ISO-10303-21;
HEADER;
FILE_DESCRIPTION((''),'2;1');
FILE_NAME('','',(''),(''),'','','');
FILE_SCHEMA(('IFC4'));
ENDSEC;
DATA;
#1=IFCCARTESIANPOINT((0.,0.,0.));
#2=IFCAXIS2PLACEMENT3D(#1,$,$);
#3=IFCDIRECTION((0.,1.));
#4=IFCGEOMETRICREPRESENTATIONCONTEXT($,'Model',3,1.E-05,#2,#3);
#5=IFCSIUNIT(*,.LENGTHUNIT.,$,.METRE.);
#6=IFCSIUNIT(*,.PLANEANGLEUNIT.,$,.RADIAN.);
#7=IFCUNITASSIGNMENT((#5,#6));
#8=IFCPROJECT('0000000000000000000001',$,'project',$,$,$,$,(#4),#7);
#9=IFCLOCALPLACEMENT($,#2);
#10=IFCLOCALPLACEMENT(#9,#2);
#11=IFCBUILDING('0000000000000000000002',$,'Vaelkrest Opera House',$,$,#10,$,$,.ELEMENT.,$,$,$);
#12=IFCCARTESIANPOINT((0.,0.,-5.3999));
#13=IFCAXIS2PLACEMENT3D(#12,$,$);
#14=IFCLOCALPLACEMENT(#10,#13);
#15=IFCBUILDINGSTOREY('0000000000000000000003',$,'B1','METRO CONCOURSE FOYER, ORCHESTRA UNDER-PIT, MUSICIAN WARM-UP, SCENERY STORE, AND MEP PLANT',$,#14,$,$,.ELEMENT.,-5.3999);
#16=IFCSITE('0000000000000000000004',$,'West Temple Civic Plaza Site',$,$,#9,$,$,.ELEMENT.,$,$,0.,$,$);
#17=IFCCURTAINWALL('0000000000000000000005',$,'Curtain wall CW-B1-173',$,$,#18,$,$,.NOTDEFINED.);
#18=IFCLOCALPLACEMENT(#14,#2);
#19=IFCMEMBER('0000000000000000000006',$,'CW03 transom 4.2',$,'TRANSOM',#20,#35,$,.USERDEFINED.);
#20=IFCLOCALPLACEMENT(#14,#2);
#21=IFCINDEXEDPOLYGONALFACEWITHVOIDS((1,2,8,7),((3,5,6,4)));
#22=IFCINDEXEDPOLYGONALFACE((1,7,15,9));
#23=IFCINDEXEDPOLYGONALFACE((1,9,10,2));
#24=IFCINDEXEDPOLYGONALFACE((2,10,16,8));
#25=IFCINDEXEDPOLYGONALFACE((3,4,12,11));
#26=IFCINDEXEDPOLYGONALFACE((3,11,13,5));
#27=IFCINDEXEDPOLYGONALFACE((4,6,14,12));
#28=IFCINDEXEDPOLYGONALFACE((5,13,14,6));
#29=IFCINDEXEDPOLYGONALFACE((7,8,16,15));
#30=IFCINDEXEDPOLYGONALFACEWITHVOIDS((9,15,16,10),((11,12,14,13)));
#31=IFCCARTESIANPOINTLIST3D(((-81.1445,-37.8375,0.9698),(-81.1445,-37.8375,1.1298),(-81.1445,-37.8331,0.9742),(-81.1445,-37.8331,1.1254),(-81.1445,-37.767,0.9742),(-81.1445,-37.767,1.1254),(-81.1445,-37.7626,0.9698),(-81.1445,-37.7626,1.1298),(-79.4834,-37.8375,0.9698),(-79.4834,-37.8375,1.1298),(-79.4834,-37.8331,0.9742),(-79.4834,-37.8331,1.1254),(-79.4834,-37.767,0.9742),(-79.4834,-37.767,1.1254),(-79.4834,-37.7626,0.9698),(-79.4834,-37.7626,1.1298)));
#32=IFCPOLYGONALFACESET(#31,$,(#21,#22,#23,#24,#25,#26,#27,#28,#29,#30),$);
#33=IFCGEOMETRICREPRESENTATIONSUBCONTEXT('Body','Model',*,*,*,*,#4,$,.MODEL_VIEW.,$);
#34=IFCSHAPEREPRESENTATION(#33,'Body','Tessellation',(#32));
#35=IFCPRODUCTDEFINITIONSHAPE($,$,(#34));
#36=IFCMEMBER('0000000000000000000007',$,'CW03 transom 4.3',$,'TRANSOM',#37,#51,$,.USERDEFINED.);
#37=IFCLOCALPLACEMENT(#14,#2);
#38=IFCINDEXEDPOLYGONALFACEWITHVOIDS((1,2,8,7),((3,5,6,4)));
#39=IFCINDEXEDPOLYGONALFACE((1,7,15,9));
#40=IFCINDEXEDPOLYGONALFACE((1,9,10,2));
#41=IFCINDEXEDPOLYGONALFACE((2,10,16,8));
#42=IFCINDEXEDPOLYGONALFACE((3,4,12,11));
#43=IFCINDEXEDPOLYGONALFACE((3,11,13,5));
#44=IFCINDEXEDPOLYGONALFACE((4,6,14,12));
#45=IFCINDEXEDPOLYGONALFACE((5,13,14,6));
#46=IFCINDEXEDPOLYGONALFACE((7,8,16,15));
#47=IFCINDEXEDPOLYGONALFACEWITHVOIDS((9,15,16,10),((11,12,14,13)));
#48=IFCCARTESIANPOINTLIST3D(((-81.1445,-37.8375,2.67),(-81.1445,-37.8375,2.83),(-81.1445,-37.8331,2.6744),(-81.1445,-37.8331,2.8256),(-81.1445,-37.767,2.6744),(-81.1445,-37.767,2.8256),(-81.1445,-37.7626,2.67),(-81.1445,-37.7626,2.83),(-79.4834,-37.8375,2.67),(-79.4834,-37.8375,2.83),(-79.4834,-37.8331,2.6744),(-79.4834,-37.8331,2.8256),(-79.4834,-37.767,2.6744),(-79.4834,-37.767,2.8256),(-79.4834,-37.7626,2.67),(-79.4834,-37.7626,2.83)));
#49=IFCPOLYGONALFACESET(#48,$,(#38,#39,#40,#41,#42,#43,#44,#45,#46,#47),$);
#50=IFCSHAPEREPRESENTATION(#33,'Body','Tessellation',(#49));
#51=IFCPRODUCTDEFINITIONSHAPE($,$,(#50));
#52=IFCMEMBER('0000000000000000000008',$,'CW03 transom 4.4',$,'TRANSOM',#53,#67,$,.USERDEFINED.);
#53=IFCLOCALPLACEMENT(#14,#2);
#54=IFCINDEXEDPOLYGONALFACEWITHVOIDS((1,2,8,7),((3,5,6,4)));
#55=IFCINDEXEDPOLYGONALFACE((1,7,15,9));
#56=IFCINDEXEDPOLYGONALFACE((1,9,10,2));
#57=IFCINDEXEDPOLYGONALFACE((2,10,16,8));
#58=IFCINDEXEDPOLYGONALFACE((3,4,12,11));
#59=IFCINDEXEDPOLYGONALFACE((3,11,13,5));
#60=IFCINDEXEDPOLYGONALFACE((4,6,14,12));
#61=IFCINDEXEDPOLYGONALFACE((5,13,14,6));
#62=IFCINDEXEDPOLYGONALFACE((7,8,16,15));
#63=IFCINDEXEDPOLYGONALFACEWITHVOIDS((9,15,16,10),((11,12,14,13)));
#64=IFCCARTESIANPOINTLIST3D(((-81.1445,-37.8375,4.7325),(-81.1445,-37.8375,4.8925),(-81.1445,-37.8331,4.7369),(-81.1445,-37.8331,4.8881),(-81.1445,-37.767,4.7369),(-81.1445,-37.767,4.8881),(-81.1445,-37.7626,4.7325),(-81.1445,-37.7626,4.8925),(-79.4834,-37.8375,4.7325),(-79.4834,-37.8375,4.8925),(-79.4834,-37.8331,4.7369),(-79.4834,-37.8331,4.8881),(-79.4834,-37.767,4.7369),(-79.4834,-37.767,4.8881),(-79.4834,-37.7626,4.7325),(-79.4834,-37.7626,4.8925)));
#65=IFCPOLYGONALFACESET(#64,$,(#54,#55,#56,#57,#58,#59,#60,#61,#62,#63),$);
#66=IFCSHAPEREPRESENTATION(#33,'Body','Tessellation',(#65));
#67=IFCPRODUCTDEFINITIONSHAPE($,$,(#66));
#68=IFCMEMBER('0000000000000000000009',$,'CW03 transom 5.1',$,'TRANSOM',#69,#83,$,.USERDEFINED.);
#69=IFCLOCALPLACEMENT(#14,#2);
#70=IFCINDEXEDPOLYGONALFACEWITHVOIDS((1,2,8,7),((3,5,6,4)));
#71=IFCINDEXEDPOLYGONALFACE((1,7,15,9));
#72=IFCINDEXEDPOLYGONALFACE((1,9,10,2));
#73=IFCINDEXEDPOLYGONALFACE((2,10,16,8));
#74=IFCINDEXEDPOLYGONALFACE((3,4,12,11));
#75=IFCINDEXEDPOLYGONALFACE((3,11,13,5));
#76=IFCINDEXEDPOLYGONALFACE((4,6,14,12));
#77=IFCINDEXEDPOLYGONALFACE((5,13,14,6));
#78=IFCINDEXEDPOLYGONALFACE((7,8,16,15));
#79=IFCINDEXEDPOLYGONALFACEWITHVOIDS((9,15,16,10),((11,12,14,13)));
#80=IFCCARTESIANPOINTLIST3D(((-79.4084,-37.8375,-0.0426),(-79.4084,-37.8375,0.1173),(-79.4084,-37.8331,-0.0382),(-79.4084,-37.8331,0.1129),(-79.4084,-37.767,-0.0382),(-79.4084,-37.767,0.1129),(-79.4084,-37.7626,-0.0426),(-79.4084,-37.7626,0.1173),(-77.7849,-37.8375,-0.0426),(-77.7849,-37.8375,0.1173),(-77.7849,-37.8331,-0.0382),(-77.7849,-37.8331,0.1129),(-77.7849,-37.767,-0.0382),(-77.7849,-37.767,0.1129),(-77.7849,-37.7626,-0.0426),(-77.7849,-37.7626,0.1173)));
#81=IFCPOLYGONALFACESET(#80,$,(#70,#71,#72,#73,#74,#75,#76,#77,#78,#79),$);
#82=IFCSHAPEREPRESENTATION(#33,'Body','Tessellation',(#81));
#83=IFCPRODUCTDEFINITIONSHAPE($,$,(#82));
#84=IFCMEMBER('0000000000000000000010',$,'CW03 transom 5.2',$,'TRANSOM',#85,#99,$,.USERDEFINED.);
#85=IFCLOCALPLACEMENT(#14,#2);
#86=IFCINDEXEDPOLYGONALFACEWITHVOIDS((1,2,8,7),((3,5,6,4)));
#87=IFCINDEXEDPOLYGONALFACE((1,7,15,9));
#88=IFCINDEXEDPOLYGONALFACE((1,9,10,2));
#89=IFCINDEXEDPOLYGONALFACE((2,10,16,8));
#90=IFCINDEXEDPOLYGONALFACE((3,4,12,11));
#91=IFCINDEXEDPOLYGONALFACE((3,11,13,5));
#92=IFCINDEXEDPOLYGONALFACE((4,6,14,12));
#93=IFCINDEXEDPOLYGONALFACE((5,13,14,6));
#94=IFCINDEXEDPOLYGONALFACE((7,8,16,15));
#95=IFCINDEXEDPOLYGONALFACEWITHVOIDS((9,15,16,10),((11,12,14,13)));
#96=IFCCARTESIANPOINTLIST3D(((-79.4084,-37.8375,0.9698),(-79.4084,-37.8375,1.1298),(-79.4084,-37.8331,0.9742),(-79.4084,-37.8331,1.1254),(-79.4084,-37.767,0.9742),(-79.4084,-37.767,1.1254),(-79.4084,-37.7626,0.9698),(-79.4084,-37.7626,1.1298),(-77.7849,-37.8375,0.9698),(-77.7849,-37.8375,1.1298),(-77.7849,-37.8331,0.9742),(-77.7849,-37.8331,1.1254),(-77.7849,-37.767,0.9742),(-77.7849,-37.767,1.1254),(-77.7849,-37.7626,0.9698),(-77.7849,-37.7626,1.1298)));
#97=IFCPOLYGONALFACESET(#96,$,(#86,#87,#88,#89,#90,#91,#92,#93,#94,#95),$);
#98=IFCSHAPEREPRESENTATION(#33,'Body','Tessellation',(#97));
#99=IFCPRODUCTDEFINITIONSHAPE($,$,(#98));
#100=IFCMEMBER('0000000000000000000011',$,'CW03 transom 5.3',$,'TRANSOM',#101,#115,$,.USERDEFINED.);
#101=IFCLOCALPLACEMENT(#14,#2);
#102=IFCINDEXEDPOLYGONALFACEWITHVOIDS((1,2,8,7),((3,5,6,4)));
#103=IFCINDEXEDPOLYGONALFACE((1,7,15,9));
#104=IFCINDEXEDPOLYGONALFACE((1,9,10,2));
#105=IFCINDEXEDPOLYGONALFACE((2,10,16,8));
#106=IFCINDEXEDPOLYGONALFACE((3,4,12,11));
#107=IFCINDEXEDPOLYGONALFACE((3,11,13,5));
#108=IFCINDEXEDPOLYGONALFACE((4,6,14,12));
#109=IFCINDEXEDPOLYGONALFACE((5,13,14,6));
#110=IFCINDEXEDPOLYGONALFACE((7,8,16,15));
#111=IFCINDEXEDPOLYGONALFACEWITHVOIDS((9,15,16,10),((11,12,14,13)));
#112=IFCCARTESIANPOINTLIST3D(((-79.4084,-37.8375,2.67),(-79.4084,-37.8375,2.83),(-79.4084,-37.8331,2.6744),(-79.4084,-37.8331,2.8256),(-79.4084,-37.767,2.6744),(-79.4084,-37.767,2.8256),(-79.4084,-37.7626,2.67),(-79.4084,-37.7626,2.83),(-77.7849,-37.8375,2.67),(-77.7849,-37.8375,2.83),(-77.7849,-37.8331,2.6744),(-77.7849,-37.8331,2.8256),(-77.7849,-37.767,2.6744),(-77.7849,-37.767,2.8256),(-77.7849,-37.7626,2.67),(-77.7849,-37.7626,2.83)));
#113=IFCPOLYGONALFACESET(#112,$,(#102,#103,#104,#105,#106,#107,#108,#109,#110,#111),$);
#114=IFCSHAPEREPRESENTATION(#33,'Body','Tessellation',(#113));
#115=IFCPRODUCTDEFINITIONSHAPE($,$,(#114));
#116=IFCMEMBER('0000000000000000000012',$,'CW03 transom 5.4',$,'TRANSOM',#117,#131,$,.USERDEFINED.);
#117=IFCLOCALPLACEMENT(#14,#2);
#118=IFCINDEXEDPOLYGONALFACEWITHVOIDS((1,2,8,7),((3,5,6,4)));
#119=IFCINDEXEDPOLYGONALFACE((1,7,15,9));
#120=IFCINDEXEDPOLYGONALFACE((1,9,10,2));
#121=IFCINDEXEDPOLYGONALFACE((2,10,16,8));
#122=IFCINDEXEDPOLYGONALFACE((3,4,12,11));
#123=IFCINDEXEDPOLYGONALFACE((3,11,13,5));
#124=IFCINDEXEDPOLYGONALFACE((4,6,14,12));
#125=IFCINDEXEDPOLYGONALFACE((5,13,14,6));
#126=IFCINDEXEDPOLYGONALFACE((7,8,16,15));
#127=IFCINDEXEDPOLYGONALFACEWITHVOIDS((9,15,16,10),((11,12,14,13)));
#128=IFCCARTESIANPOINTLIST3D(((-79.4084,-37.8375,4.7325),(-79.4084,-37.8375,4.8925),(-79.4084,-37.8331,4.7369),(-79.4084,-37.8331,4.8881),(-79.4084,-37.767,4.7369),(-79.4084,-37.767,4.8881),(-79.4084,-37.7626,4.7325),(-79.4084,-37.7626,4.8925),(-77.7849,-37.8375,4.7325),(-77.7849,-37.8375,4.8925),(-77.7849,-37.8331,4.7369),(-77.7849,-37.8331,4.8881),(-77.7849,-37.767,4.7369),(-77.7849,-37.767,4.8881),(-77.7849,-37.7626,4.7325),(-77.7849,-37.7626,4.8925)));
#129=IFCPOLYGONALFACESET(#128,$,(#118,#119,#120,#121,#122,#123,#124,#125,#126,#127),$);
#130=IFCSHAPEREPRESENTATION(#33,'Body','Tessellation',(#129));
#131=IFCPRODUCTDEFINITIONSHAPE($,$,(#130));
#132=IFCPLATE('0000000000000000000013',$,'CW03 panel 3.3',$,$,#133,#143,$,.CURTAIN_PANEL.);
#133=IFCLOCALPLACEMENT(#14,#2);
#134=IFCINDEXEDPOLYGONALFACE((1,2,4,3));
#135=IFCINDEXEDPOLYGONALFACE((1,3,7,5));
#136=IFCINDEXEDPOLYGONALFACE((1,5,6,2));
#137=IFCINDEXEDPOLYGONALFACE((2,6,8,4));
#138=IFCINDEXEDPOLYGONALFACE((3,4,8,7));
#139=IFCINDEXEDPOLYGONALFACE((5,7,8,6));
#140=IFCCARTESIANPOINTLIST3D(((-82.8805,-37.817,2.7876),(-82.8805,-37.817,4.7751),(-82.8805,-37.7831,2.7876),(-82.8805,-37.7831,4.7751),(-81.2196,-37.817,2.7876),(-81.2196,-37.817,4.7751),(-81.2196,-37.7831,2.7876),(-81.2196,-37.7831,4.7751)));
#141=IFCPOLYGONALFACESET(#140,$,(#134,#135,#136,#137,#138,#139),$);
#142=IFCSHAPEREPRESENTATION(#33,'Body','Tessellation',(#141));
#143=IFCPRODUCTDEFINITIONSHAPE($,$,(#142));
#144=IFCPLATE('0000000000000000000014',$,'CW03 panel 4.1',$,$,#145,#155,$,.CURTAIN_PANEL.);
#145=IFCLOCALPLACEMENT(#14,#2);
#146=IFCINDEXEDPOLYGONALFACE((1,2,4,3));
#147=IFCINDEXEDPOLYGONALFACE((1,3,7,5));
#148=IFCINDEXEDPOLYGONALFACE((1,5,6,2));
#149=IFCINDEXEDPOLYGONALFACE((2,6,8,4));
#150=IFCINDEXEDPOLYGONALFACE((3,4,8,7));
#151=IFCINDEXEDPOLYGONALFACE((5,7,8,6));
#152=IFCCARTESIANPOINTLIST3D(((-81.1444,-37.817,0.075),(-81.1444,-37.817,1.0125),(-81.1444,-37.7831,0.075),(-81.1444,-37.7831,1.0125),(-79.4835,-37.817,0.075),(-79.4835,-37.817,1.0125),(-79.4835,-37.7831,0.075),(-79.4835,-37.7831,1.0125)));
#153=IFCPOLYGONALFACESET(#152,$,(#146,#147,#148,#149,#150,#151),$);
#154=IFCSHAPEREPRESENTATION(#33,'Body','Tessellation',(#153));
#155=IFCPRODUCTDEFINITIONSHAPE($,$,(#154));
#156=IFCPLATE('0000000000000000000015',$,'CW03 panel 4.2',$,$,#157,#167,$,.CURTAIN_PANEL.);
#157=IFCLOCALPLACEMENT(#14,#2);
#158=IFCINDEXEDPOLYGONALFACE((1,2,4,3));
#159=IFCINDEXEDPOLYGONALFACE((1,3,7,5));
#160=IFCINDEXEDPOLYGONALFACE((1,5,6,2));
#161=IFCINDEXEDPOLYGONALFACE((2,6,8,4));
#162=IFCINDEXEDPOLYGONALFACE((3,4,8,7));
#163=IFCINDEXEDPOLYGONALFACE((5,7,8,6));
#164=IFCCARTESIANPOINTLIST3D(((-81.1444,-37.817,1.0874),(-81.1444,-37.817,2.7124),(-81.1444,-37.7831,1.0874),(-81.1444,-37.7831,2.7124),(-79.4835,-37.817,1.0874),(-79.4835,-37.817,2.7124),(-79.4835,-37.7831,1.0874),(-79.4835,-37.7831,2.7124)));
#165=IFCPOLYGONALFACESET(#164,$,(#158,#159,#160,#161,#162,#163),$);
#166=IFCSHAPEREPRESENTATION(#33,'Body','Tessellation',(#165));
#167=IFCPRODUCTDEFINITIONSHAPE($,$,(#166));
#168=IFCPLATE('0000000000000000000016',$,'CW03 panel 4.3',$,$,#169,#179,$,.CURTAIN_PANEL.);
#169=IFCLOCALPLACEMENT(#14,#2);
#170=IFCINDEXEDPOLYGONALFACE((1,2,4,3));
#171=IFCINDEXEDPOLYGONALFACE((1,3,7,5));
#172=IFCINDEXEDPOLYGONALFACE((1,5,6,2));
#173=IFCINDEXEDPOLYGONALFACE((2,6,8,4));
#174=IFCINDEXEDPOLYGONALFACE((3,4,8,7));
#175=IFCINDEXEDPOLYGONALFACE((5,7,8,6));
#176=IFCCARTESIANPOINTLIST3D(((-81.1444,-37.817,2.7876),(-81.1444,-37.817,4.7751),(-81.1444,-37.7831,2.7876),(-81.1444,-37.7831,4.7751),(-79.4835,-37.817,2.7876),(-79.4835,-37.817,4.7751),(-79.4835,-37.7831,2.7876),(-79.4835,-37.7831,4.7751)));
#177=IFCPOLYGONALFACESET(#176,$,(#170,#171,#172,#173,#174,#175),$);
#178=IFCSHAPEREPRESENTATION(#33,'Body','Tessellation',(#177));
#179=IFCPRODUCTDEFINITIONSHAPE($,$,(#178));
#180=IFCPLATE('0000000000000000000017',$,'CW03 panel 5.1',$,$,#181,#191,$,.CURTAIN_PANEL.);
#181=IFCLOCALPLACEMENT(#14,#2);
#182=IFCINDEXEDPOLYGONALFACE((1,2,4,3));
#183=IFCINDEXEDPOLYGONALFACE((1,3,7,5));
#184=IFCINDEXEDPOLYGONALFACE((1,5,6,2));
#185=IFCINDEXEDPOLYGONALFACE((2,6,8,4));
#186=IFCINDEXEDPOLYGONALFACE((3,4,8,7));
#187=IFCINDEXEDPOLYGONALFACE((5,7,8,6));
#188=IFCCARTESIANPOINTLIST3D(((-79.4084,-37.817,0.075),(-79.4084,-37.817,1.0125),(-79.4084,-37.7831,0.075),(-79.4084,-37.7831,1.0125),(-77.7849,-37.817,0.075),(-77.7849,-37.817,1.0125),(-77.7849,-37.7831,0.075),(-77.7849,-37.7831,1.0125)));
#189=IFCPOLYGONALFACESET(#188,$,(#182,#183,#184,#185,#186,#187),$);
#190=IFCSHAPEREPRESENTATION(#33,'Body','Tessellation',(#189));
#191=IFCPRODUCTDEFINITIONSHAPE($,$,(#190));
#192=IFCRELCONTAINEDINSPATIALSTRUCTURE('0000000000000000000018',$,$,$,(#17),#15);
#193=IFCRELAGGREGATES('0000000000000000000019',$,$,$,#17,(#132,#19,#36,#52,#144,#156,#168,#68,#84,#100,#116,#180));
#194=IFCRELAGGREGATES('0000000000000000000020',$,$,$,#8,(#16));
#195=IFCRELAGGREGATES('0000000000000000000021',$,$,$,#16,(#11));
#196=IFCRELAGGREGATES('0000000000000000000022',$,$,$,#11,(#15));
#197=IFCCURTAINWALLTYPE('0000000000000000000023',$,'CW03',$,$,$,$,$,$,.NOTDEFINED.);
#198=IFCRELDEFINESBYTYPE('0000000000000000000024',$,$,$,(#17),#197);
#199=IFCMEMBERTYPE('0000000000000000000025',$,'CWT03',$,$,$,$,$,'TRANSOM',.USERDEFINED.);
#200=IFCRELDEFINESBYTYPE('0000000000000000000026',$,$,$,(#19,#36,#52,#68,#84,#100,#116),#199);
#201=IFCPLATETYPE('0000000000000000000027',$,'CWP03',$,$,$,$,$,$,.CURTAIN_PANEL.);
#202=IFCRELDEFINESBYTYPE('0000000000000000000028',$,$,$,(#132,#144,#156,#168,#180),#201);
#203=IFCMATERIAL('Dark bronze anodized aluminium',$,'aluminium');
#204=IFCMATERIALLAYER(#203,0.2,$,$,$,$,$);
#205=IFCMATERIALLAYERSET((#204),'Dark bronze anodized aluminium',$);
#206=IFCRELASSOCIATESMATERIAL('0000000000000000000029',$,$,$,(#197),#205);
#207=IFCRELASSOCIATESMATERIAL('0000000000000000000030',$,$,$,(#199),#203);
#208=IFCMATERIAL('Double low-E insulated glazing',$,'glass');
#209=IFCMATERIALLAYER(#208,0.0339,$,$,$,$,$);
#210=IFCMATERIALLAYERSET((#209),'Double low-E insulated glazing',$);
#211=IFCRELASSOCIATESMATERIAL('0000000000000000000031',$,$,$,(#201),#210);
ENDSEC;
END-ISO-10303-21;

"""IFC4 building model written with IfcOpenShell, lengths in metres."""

from ifc_helpers import new_model, si_unit, direction, frame, origin, origin_2d, place, context, subcontext, project, spatial, rectangle, hollow_rectangle, extrude, material, layer, layer_set, material_profile, profile_set, type_object, element, aggregate, save


model = new_model("IFC4")

# Units and contexts
model_context = context("Model", 3, precision=1e-05, world=origin(), true_north=direction((0.0, 1.0)))
body_context = subcontext(model_context, "Body", "Model", "MODEL_VIEW")
ifc_project = project(units=[si_unit("LENGTHUNIT", "METRE"), si_unit("PLANEANGLEUNIT", "RADIAN")], contexts=[model_context])

# Site, building, storey
site_placement = place(None, origin())
site = spatial("IfcSite", under=ifc_project, at=site_placement, Name="West Temple Civic Plaza Site", CompositionType="ELEMENT", RefElevation=0.0)
building_placement = place(site_placement, origin())
building = spatial("IfcBuilding", under=site, at=building_placement, Name="Vaelkrest Opera House", CompositionType="ELEMENT")
storey_placement = place(building_placement, frame((0.0, 0.0, -5.3999)))
storey = spatial("IfcBuildingStorey", under=building, at=storey_placement, Name="B1", Description="METRO CONCOURSE FOYER, ORCHESTRA UNDER-PIT, MUSICIAN WARM-UP, SCENERY STORE, AND MEP PLANT", CompositionType="ELEMENT", Elevation=-5.3999)

# Curtain wall, members, plates
ifc_material_1 = material(Name="Dark bronze anodized aluminium", Category="aluminium")
ifc_layer_1 = layer(ifc_material_1, 0.2)
ifc_layer_set_1 = layer_set([ifc_layer_1], Name="Dark bronze anodized aluminium")
curtain_wall_type = type_object("IfcCurtainWallType", Name="CW03", PredefinedType="NOTDEFINED", material=ifc_layer_set_1)
curtain_wall_placement = place(storey_placement, origin())
curtain_wall = element("IfcCurtainWall", 1, at=curtain_wall_placement, inside=storey, type_object=curtain_wall_type, Name="Curtain wall CW-B1-173", PredefinedType="NOTDEFINED")
ifc_material_profile_1 = material_profile(ifc_material_1, hollow_rectangle(XDim=0.075, YDim=0.1599, WallThickness=0.0044, at=origin_2d()), Name="CWT75X160")
ifc_profile_set_1 = profile_set([ifc_material_profile_1], Name="Dark bronze anodized aluminium")
member_type_1 = type_object("IfcMemberType", Name="CWT03", ElementType="TRANSOM", PredefinedType="USERDEFINED", material=ifc_profile_set_1)
member_1_placement = place(storey_placement, frame((-81.1445, -37.8, 1.0498), z_axis=(1.0, 0.0, 0.0), x_axis=(0.0, 1.0, 0.0)))
member_1 = element("IfcMember", 2, at=member_1_placement, type_object=member_type_1, Name="CW03 transom 4.2", ObjectType="TRANSOM", PredefinedType="USERDEFINED", context=body_context, shape_type="SweptSolid", body=[
    extrude(hollow_rectangle(XDim=0.075, YDim=0.1599, WallThickness=0.0044, at=origin_2d()), origin(), (0.0, 0.0, 1.0), 1.6611),
])
member_2_placement = place(storey_placement, frame((-81.1445, -37.8, 2.75), z_axis=(1.0, 0.0, 0.0), x_axis=(0.0, 1.0, 0.0)))
member_2 = element("IfcMember", 3, at=member_2_placement, type_object=member_type_1, Name="CW03 transom 4.3", ObjectType="TRANSOM", PredefinedType="USERDEFINED", context=body_context, shape_type="SweptSolid", body=[
    extrude(hollow_rectangle(XDim=0.075, YDim=0.1599, WallThickness=0.0044, at=origin_2d()), origin(), (0.0, 0.0, 1.0), 1.6611),
])
member_3_placement = place(storey_placement, frame((-81.1445, -37.8, 4.8125), z_axis=(1.0, 0.0, 0.0), x_axis=(0.0, 1.0, 0.0)))
member_3 = element("IfcMember", 4, at=member_3_placement, type_object=member_type_1, Name="CW03 transom 4.4", ObjectType="TRANSOM", PredefinedType="USERDEFINED", context=body_context, shape_type="SweptSolid", body=[
    extrude(hollow_rectangle(XDim=0.075, YDim=0.1599, WallThickness=0.0044, at=origin_2d()), origin(), (0.0, 0.0, 1.0), 1.6611),
])
member_4_placement = place(storey_placement, frame((-79.4084, -37.8, 0.0374), z_axis=(1.0, 0.0, 0.0), x_axis=(0.0, 1.0, 0.0)))
member_4 = element("IfcMember", 5, at=member_4_placement, type_object=member_type_1, Name="CW03 transom 5.1", ObjectType="TRANSOM", PredefinedType="USERDEFINED", context=body_context, shape_type="SweptSolid", body=[
    extrude(hollow_rectangle(XDim=0.075, YDim=0.1599, WallThickness=0.0044, at=origin_2d()), origin(), (0.0, 0.0, 1.0), 1.6235),
])
member_5_placement = place(storey_placement, frame((-79.4084, -37.8, 1.0498), z_axis=(1.0, 0.0, 0.0), x_axis=(0.0, 1.0, 0.0)))
member_5 = element("IfcMember", 6, at=member_5_placement, type_object=member_type_1, Name="CW03 transom 5.2", ObjectType="TRANSOM", PredefinedType="USERDEFINED", context=body_context, shape_type="SweptSolid", body=[
    extrude(hollow_rectangle(XDim=0.075, YDim=0.1599, WallThickness=0.0044, at=origin_2d()), origin(), (0.0, 0.0, 1.0), 1.6235),
])
member_6_placement = place(storey_placement, frame((-79.4084, -37.8, 2.75), z_axis=(1.0, 0.0, 0.0), x_axis=(0.0, 1.0, 0.0)))
member_6 = element("IfcMember", 7, at=member_6_placement, type_object=member_type_1, Name="CW03 transom 5.3", ObjectType="TRANSOM", PredefinedType="USERDEFINED", context=body_context, shape_type="SweptSolid", body=[
    extrude(hollow_rectangle(XDim=0.075, YDim=0.1599, WallThickness=0.0044, at=origin_2d()), origin(), (0.0, 0.0, 1.0), 1.6235),
])
member_7_placement = place(storey_placement, frame((-79.4084, -37.8, 4.8125), z_axis=(1.0, 0.0, 0.0), x_axis=(0.0, 1.0, 0.0)))
member_7 = element("IfcMember", 8, at=member_7_placement, type_object=member_type_1, Name="CW03 transom 5.4", ObjectType="TRANSOM", PredefinedType="USERDEFINED", context=body_context, shape_type="SweptSolid", body=[
    extrude(hollow_rectangle(XDim=0.075, YDim=0.1599, WallThickness=0.0044, at=origin_2d()), origin(), (0.0, 0.0, 1.0), 1.6235),
])
ifc_material_2 = material(Name="Double low-E insulated glazing", Category="glass")
ifc_layer_2 = layer(ifc_material_2, 0.0339)
ifc_layer_set_2 = layer_set([ifc_layer_2], Name="Double low-E insulated glazing")
plate_type = type_object("IfcPlateType", Name="CWP03", PredefinedType="CURTAIN_PANEL", material=ifc_layer_set_2)
plate_1_placement = place(storey_placement, frame((-82.05, -37.8, 2.7876), z_axis=(0.0, 0.0, 1.0), x_axis=(1.0, 0.0, 0.0)))
plate_1 = element("IfcPlate", 9, at=plate_1_placement, type_object=plate_type, Name="CW03 panel 3.3", PredefinedType="CURTAIN_PANEL", context=body_context, shape_type="SweptSolid", body=[
    extrude(rectangle(XDim=1.6609, YDim=0.0339, at=origin_2d()), origin(), (0.0, 0.0, 1.0), 1.9875),
])
plate_2_placement = place(storey_placement, frame((-80.314, -37.8, 0.075), z_axis=(0.0, 0.0, 1.0), x_axis=(1.0, 0.0, 0.0)))
plate_2 = element("IfcPlate", 10, at=plate_2_placement, type_object=plate_type, Name="CW03 panel 4.1", PredefinedType="CURTAIN_PANEL", context=body_context, shape_type="SweptSolid", body=[
    extrude(rectangle(XDim=1.6609, YDim=0.0339, at=origin_2d()), origin(), (0.0, 0.0, 1.0), 0.9375),
])
plate_3_placement = place(storey_placement, frame((-80.314, -37.8, 1.0874), z_axis=(0.0, 0.0, 1.0), x_axis=(1.0, 0.0, 0.0)))
plate_3 = element("IfcPlate", 11, at=plate_3_placement, type_object=plate_type, Name="CW03 panel 4.2", PredefinedType="CURTAIN_PANEL", context=body_context, shape_type="SweptSolid", body=[
    extrude(rectangle(XDim=1.6609, YDim=0.0339, at=origin_2d()), origin(), (0.0, 0.0, 1.0), 1.625),
])
plate_4_placement = place(storey_placement, frame((-80.314, -37.8, 2.7876), z_axis=(0.0, 0.0, 1.0), x_axis=(1.0, 0.0, 0.0)))
plate_4 = element("IfcPlate", 12, at=plate_4_placement, type_object=plate_type, Name="CW03 panel 4.3", PredefinedType="CURTAIN_PANEL", context=body_context, shape_type="SweptSolid", body=[
    extrude(rectangle(XDim=1.6609, YDim=0.0339, at=origin_2d()), origin(), (0.0, 0.0, 1.0), 1.9875),
])
plate_5_placement = place(storey_placement, frame((-78.5967, -37.8, 0.075), z_axis=(0.0, 0.0, 1.0), x_axis=(1.0, 0.0, 0.0)))
plate_5 = element("IfcPlate", 13, at=plate_5_placement, type_object=plate_type, Name="CW03 panel 5.1", PredefinedType="CURTAIN_PANEL", context=body_context, shape_type="SweptSolid", body=[
    extrude(rectangle(XDim=1.6235, YDim=0.0339, at=origin_2d()), origin(), (0.0, 0.0, 1.0), 0.9375),
])
aggregate(curtain_wall, [plate_1, member_1, member_2, member_3, plate_2, plate_3, plate_4, member_4, member_5, member_6, member_7, plate_5])

save(model, "model.ifc")
